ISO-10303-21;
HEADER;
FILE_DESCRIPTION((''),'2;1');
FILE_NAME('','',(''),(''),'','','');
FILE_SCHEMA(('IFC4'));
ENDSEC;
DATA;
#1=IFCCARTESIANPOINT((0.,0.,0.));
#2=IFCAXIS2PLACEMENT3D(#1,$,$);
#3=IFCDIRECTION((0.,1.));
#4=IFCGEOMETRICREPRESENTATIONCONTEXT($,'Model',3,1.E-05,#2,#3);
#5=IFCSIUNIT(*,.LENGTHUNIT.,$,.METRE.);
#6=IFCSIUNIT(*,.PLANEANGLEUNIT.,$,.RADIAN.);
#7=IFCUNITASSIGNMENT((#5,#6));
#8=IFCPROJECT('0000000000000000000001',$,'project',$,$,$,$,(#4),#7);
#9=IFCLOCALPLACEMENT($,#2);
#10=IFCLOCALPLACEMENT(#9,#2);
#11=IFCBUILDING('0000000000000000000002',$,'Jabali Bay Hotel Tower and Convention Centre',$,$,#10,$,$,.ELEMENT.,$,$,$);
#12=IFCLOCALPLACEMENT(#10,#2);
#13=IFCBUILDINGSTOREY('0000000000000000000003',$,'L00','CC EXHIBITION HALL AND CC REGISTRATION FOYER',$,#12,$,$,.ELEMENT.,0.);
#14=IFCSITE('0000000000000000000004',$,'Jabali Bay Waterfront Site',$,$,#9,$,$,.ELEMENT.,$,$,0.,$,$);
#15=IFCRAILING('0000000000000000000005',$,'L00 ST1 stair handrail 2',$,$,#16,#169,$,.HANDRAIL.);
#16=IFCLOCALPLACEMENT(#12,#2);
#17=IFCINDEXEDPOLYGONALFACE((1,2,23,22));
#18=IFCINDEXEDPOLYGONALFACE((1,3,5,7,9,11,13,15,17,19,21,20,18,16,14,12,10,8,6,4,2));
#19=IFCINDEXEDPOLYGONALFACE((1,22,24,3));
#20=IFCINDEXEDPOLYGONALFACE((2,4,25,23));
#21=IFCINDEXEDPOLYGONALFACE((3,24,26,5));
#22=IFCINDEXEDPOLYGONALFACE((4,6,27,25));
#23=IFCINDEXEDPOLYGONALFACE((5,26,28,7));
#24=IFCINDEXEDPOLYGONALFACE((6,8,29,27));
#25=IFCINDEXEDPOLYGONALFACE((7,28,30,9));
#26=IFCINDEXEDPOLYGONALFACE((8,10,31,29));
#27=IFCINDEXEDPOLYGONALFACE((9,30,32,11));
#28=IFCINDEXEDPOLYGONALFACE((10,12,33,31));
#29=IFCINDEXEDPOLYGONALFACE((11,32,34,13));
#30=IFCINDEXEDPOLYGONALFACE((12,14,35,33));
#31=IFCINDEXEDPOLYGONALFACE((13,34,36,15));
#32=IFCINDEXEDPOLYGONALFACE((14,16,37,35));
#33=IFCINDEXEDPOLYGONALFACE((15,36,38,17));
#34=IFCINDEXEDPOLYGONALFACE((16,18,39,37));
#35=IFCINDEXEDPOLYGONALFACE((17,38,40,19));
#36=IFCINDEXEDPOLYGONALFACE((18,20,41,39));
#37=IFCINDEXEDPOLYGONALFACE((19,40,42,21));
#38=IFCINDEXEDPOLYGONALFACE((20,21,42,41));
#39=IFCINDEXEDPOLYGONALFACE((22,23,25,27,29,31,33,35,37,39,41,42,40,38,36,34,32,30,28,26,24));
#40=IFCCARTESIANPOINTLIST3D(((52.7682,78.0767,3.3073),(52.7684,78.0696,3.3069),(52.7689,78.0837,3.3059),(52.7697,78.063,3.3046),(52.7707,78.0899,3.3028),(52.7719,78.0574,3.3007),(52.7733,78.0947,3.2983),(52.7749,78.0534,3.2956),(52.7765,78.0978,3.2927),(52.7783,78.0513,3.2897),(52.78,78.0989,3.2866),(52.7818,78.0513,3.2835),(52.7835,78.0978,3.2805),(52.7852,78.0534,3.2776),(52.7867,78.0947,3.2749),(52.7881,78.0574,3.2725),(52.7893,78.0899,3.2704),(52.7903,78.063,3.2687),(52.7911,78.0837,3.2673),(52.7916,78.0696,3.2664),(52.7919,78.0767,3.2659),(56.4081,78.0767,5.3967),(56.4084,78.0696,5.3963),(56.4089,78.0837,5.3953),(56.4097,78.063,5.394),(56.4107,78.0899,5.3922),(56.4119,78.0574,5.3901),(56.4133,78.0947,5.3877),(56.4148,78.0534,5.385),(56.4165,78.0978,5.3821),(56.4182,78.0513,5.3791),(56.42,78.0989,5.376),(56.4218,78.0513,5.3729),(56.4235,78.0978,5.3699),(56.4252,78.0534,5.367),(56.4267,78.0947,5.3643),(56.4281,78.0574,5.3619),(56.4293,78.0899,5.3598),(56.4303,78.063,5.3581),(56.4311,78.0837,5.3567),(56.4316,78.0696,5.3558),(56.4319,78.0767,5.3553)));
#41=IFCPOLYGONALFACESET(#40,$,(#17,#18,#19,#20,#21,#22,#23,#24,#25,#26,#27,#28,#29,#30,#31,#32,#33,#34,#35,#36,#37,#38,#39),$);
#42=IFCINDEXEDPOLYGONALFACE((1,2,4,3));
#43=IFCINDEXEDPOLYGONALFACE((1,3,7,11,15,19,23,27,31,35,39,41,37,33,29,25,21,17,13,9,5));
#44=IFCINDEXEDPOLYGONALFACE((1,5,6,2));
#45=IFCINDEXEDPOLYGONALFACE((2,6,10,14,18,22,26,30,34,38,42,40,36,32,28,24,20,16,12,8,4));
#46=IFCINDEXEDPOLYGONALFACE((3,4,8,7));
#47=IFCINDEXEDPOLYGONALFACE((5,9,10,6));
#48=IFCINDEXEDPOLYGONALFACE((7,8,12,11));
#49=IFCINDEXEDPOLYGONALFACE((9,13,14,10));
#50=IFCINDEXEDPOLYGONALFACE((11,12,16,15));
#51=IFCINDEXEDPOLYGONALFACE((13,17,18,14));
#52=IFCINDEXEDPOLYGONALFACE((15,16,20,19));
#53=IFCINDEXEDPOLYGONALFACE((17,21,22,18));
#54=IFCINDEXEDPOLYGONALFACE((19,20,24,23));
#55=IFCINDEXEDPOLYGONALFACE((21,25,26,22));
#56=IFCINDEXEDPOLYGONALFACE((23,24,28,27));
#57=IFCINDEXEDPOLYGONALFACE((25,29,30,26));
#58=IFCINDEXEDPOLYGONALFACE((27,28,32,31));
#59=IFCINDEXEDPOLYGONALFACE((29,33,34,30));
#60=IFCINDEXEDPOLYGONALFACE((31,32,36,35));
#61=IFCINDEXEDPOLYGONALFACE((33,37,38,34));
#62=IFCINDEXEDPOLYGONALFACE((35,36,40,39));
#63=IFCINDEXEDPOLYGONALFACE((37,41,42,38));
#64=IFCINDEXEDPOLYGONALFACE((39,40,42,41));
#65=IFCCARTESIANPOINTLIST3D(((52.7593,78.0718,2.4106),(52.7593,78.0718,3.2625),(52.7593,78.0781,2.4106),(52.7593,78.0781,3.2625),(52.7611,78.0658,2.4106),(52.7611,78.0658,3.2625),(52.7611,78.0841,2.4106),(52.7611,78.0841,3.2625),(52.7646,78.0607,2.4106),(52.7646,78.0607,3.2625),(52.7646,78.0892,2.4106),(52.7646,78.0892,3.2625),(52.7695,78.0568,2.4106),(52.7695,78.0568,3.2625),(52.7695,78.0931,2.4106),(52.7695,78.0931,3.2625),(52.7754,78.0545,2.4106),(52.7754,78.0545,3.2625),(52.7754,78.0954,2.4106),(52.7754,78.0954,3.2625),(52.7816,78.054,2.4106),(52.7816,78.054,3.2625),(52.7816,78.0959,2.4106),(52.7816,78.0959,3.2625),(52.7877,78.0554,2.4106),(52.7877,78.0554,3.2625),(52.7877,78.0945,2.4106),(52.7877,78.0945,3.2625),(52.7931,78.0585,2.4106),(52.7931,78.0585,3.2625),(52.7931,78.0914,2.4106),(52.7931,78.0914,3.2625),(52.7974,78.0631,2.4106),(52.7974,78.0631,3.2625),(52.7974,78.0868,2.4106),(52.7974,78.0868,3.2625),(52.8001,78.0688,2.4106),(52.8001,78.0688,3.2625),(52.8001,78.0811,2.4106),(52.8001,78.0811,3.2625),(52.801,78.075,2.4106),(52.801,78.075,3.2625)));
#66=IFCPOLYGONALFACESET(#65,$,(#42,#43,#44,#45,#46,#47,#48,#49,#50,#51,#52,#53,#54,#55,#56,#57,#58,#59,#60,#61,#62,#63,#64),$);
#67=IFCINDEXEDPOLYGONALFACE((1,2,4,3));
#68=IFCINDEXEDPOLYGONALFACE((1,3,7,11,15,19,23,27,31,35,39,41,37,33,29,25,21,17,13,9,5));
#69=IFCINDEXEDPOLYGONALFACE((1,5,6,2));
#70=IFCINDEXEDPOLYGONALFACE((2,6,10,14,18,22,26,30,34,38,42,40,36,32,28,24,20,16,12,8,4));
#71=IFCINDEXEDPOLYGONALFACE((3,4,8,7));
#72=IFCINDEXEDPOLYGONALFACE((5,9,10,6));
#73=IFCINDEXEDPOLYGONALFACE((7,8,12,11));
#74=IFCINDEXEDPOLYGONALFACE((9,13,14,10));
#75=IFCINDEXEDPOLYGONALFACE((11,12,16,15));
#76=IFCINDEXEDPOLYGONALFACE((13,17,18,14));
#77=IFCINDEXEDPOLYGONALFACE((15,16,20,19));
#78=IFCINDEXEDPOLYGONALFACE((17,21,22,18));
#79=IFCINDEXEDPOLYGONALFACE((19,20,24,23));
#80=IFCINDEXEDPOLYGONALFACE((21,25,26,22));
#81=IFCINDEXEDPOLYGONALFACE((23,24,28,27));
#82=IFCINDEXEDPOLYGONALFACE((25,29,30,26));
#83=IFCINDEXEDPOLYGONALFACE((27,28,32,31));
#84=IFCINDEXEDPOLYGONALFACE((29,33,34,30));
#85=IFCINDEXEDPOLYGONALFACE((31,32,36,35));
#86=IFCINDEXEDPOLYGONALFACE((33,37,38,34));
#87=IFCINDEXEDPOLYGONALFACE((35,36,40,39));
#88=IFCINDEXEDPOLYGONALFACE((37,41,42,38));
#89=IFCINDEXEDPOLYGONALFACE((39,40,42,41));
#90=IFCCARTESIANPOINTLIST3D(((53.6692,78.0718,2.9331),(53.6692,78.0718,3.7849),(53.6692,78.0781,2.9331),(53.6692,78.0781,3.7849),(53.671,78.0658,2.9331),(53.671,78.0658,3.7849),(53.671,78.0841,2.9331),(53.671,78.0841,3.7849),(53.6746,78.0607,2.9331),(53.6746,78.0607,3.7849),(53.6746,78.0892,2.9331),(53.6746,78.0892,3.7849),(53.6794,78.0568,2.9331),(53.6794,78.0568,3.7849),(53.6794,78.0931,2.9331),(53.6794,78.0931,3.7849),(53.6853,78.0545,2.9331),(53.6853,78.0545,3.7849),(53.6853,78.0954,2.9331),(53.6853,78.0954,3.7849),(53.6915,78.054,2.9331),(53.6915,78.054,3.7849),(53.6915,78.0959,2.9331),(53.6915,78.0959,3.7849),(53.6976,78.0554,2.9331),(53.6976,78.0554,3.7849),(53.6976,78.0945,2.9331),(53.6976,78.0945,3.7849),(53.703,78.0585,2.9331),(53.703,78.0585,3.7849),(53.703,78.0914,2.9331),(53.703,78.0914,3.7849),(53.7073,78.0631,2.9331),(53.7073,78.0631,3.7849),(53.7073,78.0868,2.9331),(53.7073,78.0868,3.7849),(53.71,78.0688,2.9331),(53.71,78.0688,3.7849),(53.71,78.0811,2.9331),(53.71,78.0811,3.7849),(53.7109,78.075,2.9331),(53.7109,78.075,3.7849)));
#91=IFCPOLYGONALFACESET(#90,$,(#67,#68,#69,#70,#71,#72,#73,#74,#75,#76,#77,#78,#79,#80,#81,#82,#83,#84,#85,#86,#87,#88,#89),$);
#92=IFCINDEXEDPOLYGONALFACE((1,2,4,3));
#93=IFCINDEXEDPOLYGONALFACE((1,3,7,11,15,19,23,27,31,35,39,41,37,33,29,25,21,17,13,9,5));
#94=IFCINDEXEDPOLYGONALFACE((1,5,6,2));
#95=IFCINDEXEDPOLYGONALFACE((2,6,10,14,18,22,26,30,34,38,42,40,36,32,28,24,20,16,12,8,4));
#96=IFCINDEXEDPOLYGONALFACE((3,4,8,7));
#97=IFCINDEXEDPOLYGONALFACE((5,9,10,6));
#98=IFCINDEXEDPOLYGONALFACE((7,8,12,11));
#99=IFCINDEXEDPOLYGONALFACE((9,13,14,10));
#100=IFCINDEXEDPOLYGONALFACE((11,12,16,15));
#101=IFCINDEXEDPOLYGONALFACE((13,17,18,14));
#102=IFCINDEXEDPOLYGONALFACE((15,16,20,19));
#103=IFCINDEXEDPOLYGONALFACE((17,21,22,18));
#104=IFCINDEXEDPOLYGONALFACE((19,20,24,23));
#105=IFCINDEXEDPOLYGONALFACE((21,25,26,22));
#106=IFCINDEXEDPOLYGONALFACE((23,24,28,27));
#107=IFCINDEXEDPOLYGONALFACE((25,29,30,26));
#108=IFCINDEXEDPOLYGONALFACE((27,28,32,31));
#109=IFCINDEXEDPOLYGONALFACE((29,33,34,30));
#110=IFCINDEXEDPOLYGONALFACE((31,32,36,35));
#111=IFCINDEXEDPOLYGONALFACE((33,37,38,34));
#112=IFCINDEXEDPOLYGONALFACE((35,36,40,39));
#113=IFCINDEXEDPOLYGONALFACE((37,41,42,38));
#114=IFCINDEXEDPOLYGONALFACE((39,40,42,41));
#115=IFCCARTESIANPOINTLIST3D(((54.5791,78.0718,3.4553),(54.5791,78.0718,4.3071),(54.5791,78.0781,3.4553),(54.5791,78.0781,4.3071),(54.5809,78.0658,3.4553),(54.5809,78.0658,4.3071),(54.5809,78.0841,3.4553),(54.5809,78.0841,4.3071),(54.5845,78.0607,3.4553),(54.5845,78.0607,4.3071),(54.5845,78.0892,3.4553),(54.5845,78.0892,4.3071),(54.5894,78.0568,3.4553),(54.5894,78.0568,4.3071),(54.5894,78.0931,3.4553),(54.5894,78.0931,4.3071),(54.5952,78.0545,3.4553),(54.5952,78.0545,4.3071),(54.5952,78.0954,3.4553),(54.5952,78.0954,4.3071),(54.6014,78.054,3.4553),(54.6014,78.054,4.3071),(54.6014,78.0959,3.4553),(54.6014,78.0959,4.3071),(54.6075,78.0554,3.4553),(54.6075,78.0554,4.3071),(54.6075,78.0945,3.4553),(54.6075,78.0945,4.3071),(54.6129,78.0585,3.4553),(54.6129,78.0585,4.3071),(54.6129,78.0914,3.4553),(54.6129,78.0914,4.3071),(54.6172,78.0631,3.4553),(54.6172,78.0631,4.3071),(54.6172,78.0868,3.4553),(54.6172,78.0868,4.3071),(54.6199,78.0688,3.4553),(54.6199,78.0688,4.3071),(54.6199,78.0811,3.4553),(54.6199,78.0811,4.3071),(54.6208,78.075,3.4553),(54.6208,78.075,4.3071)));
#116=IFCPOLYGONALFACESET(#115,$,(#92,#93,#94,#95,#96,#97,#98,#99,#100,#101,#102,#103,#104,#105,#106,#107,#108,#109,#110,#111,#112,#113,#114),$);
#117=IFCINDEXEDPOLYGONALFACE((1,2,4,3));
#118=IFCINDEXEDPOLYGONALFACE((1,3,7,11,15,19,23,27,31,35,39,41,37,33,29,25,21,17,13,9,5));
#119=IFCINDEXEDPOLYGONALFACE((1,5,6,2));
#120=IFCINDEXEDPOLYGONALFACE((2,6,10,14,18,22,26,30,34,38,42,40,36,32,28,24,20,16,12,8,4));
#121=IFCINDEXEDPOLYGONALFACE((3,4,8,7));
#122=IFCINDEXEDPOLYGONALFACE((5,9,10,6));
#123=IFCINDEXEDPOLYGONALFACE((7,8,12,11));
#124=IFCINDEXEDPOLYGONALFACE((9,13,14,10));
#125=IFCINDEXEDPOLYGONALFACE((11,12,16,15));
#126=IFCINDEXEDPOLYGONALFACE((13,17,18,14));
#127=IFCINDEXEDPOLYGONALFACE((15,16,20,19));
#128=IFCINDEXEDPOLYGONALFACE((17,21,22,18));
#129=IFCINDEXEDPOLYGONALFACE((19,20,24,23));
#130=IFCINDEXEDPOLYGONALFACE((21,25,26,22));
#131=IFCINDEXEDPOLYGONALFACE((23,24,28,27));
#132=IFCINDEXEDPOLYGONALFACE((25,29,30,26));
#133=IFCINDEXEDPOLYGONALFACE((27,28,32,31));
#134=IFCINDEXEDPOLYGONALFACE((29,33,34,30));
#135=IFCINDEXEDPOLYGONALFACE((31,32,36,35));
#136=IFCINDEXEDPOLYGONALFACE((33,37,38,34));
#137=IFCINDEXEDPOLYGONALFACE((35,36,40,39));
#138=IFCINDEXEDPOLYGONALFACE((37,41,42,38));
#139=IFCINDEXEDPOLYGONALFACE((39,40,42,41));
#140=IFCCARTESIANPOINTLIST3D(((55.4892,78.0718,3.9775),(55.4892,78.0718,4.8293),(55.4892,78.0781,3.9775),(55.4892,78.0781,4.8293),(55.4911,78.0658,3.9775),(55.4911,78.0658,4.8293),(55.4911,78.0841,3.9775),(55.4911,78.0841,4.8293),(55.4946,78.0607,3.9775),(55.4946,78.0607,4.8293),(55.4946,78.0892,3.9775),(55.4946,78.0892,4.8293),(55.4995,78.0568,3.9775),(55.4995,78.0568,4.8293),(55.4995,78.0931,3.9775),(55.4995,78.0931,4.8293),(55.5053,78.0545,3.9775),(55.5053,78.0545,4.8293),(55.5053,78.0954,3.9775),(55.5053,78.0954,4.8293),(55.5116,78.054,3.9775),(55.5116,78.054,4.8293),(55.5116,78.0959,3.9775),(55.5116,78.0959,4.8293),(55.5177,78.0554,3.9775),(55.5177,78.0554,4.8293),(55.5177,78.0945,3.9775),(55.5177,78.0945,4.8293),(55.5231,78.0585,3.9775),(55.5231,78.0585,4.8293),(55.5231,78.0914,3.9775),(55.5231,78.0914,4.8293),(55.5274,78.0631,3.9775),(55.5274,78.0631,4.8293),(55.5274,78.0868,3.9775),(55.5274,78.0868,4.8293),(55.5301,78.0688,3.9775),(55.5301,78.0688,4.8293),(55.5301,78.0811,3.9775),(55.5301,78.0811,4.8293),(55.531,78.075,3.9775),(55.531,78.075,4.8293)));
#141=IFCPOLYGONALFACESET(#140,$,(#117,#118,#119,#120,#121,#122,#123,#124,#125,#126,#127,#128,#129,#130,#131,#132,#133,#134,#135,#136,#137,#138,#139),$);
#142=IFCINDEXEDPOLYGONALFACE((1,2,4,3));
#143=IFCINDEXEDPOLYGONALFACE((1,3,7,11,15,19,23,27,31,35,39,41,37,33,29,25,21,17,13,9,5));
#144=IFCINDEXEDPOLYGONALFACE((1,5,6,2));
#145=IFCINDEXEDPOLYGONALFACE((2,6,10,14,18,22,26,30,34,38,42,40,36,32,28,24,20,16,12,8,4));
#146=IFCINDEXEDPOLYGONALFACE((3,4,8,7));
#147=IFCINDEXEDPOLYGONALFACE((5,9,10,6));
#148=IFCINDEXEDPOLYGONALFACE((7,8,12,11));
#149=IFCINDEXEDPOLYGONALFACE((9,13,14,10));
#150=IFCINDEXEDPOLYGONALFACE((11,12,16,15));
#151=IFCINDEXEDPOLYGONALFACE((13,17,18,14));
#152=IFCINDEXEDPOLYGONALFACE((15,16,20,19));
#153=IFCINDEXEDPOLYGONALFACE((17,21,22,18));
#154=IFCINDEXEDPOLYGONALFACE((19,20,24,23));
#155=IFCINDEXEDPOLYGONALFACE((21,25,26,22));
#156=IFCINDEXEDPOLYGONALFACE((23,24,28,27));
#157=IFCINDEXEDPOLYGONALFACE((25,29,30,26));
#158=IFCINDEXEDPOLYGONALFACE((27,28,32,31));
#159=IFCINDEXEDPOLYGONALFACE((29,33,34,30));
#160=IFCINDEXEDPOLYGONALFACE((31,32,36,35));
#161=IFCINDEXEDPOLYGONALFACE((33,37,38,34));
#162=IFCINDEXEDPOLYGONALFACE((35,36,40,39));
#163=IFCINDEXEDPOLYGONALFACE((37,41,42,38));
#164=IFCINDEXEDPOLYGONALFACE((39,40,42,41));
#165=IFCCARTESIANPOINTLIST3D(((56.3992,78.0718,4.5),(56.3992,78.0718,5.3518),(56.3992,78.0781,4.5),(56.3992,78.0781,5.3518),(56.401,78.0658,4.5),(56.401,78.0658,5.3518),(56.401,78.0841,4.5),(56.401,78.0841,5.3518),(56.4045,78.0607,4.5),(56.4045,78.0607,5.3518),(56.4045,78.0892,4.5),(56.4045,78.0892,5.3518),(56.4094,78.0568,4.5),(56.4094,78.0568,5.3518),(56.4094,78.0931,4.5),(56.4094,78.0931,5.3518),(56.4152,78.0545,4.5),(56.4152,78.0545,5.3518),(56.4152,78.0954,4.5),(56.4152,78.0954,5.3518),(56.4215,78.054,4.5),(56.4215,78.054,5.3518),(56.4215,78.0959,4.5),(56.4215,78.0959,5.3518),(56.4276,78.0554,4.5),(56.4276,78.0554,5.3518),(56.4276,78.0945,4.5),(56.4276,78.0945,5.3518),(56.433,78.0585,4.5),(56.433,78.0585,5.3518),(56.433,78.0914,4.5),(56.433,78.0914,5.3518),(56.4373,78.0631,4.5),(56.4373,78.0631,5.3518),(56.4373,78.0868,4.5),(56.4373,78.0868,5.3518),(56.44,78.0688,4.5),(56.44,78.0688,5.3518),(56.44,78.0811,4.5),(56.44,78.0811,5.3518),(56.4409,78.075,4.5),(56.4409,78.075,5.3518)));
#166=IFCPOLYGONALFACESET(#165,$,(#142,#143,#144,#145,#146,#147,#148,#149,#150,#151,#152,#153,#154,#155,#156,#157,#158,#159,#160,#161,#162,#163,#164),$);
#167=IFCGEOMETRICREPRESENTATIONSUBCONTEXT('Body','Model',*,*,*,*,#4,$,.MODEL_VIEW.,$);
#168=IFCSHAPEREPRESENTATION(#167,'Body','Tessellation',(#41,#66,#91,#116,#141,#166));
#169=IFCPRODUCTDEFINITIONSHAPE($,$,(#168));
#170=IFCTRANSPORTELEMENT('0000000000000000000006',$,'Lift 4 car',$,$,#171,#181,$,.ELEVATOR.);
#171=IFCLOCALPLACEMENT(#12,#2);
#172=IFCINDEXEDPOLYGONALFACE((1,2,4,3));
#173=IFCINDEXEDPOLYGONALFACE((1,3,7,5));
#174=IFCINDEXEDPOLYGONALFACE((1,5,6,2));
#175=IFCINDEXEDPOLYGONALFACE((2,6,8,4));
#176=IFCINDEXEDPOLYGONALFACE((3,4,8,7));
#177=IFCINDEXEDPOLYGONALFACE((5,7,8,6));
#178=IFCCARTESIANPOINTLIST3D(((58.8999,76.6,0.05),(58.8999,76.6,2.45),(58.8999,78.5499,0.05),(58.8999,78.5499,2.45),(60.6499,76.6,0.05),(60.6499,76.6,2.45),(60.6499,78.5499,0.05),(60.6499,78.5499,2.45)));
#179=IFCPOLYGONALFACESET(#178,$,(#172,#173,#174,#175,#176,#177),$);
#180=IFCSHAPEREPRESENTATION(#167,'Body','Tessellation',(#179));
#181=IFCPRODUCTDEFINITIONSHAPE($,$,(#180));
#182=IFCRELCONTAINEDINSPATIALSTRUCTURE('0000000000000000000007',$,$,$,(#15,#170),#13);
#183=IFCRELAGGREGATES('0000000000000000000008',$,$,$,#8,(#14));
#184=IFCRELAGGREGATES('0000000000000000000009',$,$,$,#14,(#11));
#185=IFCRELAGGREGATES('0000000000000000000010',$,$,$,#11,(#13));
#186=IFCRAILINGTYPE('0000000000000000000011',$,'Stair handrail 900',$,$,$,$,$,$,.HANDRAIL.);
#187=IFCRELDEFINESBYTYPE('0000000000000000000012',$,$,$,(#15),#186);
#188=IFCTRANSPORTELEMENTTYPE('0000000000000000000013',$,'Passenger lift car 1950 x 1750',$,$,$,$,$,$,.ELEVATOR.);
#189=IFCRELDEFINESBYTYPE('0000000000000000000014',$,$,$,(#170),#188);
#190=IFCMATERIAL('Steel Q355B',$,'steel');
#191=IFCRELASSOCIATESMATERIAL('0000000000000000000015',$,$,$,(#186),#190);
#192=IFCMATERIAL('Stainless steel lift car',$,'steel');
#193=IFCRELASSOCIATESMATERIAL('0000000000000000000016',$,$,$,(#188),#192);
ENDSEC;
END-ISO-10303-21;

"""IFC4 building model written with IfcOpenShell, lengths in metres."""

from ifc_helpers import new_model, si_unit, direction, frame, origin, origin_2d, place, context, subcontext, project, spatial, rectangle, circle, extrude, material, type_object, element, save


model = new_model("IFC4")

# Units and contexts
model_context = context("Model", 3, precision=1e-05, world=origin(), true_north=direction((0.0, 1.0)))
body_context = subcontext(model_context, "Body", "Model", "MODEL_VIEW")
ifc_project = project(units=[si_unit("LENGTHUNIT", "METRE"), si_unit("PLANEANGLEUNIT", "RADIAN")], contexts=[model_context])

# Site, building, storey
site_placement = place(None, origin())
site = spatial("IfcSite", under=ifc_project, at=site_placement, Name="Jabali Bay Waterfront Site", CompositionType="ELEMENT", RefElevation=0.0)
building_placement = place(site_placement, origin())
building = spatial("IfcBuilding", under=site, at=building_placement, Name="Jabali Bay Hotel Tower and Convention Centre", CompositionType="ELEMENT")
storey_placement = place(building_placement, origin())
storey = spatial("IfcBuildingStorey", under=building, at=storey_placement, Name="L00", Description="CC EXHIBITION HALL AND CC REGISTRATION FOYER", CompositionType="ELEMENT", Elevation=0.0)

# Railing
ifc_material_1 = material(Name="Steel Q355B", Category="steel")
railing_type = type_object("IfcRailingType", Name="Stair handrail 900", PredefinedType="HANDRAIL", material=ifc_material_1)
railing_placement = place(storey_placement, frame((52.78, 78.075, 2.4106)))
element("IfcRailing", 1, at=railing_placement, inside=storey, type_object=railing_type, Name="L00 ST1 stair handrail 2", PredefinedType="HANDRAIL", context=body_context, shape_type="SweptSolid", body=[
    extrude(circle(Radius=0.0239, at=origin_2d()), frame((0.0, 0.0, 0.876), z_axis=(0.867275, 0.0, 0.497829), x_axis=(0.0, 1.0, 0.0)), (0.0, 0.0, 1.0), 4.197),
    extrude(circle(Radius=0.021, at=origin_2d()), origin(), (0.0, 0.0, 1.0), 0.8518),
    extrude(circle(Radius=0.021, at=origin_2d()), frame((0.9099, 0.0, 0.5225)), (0.0, 0.0, 1.0), 0.8518),
    extrude(circle(Radius=0.021, at=origin_2d()), frame((1.8198, 0.0, 1.0447)), (0.0, 0.0, 1.0), 0.8518),
    extrude(circle(Radius=0.021, at=origin_2d()), frame((2.73, 0.0, 1.5669)), (0.0, 0.0, 1.0), 0.8518),
    extrude(circle(Radius=0.021, at=origin_2d()), frame((3.6399, 0.0, 2.0894)), (0.0, 0.0, 1.0), 0.8518),
])

# Transport element
ifc_material_2 = material(Name="Stainless steel lift car", Category="steel")
transport_element_type = type_object("IfcTransportElementType", Name="Passenger lift car 1950 x 1750", PredefinedType="ELEVATOR", material=ifc_material_2)
transport_element_placement = place(storey_placement, frame((59.7749, 77.575, 0.05), z_axis=(0.0, 0.0, 1.0), x_axis=(-1.0, 0.0, 0.0)))
element("IfcTransportElement", 2, at=transport_element_placement, inside=storey, type_object=transport_element_type, Name="Lift 4 car", PredefinedType="ELEVATOR", context=body_context, shape_type="SweptSolid", body=[
    extrude(rectangle(XDim=1.75, YDim=1.95, at=origin_2d()), origin(), (0.0, 0.0, 1.0), 2.3999),
])

save(model, "model.ifc")
